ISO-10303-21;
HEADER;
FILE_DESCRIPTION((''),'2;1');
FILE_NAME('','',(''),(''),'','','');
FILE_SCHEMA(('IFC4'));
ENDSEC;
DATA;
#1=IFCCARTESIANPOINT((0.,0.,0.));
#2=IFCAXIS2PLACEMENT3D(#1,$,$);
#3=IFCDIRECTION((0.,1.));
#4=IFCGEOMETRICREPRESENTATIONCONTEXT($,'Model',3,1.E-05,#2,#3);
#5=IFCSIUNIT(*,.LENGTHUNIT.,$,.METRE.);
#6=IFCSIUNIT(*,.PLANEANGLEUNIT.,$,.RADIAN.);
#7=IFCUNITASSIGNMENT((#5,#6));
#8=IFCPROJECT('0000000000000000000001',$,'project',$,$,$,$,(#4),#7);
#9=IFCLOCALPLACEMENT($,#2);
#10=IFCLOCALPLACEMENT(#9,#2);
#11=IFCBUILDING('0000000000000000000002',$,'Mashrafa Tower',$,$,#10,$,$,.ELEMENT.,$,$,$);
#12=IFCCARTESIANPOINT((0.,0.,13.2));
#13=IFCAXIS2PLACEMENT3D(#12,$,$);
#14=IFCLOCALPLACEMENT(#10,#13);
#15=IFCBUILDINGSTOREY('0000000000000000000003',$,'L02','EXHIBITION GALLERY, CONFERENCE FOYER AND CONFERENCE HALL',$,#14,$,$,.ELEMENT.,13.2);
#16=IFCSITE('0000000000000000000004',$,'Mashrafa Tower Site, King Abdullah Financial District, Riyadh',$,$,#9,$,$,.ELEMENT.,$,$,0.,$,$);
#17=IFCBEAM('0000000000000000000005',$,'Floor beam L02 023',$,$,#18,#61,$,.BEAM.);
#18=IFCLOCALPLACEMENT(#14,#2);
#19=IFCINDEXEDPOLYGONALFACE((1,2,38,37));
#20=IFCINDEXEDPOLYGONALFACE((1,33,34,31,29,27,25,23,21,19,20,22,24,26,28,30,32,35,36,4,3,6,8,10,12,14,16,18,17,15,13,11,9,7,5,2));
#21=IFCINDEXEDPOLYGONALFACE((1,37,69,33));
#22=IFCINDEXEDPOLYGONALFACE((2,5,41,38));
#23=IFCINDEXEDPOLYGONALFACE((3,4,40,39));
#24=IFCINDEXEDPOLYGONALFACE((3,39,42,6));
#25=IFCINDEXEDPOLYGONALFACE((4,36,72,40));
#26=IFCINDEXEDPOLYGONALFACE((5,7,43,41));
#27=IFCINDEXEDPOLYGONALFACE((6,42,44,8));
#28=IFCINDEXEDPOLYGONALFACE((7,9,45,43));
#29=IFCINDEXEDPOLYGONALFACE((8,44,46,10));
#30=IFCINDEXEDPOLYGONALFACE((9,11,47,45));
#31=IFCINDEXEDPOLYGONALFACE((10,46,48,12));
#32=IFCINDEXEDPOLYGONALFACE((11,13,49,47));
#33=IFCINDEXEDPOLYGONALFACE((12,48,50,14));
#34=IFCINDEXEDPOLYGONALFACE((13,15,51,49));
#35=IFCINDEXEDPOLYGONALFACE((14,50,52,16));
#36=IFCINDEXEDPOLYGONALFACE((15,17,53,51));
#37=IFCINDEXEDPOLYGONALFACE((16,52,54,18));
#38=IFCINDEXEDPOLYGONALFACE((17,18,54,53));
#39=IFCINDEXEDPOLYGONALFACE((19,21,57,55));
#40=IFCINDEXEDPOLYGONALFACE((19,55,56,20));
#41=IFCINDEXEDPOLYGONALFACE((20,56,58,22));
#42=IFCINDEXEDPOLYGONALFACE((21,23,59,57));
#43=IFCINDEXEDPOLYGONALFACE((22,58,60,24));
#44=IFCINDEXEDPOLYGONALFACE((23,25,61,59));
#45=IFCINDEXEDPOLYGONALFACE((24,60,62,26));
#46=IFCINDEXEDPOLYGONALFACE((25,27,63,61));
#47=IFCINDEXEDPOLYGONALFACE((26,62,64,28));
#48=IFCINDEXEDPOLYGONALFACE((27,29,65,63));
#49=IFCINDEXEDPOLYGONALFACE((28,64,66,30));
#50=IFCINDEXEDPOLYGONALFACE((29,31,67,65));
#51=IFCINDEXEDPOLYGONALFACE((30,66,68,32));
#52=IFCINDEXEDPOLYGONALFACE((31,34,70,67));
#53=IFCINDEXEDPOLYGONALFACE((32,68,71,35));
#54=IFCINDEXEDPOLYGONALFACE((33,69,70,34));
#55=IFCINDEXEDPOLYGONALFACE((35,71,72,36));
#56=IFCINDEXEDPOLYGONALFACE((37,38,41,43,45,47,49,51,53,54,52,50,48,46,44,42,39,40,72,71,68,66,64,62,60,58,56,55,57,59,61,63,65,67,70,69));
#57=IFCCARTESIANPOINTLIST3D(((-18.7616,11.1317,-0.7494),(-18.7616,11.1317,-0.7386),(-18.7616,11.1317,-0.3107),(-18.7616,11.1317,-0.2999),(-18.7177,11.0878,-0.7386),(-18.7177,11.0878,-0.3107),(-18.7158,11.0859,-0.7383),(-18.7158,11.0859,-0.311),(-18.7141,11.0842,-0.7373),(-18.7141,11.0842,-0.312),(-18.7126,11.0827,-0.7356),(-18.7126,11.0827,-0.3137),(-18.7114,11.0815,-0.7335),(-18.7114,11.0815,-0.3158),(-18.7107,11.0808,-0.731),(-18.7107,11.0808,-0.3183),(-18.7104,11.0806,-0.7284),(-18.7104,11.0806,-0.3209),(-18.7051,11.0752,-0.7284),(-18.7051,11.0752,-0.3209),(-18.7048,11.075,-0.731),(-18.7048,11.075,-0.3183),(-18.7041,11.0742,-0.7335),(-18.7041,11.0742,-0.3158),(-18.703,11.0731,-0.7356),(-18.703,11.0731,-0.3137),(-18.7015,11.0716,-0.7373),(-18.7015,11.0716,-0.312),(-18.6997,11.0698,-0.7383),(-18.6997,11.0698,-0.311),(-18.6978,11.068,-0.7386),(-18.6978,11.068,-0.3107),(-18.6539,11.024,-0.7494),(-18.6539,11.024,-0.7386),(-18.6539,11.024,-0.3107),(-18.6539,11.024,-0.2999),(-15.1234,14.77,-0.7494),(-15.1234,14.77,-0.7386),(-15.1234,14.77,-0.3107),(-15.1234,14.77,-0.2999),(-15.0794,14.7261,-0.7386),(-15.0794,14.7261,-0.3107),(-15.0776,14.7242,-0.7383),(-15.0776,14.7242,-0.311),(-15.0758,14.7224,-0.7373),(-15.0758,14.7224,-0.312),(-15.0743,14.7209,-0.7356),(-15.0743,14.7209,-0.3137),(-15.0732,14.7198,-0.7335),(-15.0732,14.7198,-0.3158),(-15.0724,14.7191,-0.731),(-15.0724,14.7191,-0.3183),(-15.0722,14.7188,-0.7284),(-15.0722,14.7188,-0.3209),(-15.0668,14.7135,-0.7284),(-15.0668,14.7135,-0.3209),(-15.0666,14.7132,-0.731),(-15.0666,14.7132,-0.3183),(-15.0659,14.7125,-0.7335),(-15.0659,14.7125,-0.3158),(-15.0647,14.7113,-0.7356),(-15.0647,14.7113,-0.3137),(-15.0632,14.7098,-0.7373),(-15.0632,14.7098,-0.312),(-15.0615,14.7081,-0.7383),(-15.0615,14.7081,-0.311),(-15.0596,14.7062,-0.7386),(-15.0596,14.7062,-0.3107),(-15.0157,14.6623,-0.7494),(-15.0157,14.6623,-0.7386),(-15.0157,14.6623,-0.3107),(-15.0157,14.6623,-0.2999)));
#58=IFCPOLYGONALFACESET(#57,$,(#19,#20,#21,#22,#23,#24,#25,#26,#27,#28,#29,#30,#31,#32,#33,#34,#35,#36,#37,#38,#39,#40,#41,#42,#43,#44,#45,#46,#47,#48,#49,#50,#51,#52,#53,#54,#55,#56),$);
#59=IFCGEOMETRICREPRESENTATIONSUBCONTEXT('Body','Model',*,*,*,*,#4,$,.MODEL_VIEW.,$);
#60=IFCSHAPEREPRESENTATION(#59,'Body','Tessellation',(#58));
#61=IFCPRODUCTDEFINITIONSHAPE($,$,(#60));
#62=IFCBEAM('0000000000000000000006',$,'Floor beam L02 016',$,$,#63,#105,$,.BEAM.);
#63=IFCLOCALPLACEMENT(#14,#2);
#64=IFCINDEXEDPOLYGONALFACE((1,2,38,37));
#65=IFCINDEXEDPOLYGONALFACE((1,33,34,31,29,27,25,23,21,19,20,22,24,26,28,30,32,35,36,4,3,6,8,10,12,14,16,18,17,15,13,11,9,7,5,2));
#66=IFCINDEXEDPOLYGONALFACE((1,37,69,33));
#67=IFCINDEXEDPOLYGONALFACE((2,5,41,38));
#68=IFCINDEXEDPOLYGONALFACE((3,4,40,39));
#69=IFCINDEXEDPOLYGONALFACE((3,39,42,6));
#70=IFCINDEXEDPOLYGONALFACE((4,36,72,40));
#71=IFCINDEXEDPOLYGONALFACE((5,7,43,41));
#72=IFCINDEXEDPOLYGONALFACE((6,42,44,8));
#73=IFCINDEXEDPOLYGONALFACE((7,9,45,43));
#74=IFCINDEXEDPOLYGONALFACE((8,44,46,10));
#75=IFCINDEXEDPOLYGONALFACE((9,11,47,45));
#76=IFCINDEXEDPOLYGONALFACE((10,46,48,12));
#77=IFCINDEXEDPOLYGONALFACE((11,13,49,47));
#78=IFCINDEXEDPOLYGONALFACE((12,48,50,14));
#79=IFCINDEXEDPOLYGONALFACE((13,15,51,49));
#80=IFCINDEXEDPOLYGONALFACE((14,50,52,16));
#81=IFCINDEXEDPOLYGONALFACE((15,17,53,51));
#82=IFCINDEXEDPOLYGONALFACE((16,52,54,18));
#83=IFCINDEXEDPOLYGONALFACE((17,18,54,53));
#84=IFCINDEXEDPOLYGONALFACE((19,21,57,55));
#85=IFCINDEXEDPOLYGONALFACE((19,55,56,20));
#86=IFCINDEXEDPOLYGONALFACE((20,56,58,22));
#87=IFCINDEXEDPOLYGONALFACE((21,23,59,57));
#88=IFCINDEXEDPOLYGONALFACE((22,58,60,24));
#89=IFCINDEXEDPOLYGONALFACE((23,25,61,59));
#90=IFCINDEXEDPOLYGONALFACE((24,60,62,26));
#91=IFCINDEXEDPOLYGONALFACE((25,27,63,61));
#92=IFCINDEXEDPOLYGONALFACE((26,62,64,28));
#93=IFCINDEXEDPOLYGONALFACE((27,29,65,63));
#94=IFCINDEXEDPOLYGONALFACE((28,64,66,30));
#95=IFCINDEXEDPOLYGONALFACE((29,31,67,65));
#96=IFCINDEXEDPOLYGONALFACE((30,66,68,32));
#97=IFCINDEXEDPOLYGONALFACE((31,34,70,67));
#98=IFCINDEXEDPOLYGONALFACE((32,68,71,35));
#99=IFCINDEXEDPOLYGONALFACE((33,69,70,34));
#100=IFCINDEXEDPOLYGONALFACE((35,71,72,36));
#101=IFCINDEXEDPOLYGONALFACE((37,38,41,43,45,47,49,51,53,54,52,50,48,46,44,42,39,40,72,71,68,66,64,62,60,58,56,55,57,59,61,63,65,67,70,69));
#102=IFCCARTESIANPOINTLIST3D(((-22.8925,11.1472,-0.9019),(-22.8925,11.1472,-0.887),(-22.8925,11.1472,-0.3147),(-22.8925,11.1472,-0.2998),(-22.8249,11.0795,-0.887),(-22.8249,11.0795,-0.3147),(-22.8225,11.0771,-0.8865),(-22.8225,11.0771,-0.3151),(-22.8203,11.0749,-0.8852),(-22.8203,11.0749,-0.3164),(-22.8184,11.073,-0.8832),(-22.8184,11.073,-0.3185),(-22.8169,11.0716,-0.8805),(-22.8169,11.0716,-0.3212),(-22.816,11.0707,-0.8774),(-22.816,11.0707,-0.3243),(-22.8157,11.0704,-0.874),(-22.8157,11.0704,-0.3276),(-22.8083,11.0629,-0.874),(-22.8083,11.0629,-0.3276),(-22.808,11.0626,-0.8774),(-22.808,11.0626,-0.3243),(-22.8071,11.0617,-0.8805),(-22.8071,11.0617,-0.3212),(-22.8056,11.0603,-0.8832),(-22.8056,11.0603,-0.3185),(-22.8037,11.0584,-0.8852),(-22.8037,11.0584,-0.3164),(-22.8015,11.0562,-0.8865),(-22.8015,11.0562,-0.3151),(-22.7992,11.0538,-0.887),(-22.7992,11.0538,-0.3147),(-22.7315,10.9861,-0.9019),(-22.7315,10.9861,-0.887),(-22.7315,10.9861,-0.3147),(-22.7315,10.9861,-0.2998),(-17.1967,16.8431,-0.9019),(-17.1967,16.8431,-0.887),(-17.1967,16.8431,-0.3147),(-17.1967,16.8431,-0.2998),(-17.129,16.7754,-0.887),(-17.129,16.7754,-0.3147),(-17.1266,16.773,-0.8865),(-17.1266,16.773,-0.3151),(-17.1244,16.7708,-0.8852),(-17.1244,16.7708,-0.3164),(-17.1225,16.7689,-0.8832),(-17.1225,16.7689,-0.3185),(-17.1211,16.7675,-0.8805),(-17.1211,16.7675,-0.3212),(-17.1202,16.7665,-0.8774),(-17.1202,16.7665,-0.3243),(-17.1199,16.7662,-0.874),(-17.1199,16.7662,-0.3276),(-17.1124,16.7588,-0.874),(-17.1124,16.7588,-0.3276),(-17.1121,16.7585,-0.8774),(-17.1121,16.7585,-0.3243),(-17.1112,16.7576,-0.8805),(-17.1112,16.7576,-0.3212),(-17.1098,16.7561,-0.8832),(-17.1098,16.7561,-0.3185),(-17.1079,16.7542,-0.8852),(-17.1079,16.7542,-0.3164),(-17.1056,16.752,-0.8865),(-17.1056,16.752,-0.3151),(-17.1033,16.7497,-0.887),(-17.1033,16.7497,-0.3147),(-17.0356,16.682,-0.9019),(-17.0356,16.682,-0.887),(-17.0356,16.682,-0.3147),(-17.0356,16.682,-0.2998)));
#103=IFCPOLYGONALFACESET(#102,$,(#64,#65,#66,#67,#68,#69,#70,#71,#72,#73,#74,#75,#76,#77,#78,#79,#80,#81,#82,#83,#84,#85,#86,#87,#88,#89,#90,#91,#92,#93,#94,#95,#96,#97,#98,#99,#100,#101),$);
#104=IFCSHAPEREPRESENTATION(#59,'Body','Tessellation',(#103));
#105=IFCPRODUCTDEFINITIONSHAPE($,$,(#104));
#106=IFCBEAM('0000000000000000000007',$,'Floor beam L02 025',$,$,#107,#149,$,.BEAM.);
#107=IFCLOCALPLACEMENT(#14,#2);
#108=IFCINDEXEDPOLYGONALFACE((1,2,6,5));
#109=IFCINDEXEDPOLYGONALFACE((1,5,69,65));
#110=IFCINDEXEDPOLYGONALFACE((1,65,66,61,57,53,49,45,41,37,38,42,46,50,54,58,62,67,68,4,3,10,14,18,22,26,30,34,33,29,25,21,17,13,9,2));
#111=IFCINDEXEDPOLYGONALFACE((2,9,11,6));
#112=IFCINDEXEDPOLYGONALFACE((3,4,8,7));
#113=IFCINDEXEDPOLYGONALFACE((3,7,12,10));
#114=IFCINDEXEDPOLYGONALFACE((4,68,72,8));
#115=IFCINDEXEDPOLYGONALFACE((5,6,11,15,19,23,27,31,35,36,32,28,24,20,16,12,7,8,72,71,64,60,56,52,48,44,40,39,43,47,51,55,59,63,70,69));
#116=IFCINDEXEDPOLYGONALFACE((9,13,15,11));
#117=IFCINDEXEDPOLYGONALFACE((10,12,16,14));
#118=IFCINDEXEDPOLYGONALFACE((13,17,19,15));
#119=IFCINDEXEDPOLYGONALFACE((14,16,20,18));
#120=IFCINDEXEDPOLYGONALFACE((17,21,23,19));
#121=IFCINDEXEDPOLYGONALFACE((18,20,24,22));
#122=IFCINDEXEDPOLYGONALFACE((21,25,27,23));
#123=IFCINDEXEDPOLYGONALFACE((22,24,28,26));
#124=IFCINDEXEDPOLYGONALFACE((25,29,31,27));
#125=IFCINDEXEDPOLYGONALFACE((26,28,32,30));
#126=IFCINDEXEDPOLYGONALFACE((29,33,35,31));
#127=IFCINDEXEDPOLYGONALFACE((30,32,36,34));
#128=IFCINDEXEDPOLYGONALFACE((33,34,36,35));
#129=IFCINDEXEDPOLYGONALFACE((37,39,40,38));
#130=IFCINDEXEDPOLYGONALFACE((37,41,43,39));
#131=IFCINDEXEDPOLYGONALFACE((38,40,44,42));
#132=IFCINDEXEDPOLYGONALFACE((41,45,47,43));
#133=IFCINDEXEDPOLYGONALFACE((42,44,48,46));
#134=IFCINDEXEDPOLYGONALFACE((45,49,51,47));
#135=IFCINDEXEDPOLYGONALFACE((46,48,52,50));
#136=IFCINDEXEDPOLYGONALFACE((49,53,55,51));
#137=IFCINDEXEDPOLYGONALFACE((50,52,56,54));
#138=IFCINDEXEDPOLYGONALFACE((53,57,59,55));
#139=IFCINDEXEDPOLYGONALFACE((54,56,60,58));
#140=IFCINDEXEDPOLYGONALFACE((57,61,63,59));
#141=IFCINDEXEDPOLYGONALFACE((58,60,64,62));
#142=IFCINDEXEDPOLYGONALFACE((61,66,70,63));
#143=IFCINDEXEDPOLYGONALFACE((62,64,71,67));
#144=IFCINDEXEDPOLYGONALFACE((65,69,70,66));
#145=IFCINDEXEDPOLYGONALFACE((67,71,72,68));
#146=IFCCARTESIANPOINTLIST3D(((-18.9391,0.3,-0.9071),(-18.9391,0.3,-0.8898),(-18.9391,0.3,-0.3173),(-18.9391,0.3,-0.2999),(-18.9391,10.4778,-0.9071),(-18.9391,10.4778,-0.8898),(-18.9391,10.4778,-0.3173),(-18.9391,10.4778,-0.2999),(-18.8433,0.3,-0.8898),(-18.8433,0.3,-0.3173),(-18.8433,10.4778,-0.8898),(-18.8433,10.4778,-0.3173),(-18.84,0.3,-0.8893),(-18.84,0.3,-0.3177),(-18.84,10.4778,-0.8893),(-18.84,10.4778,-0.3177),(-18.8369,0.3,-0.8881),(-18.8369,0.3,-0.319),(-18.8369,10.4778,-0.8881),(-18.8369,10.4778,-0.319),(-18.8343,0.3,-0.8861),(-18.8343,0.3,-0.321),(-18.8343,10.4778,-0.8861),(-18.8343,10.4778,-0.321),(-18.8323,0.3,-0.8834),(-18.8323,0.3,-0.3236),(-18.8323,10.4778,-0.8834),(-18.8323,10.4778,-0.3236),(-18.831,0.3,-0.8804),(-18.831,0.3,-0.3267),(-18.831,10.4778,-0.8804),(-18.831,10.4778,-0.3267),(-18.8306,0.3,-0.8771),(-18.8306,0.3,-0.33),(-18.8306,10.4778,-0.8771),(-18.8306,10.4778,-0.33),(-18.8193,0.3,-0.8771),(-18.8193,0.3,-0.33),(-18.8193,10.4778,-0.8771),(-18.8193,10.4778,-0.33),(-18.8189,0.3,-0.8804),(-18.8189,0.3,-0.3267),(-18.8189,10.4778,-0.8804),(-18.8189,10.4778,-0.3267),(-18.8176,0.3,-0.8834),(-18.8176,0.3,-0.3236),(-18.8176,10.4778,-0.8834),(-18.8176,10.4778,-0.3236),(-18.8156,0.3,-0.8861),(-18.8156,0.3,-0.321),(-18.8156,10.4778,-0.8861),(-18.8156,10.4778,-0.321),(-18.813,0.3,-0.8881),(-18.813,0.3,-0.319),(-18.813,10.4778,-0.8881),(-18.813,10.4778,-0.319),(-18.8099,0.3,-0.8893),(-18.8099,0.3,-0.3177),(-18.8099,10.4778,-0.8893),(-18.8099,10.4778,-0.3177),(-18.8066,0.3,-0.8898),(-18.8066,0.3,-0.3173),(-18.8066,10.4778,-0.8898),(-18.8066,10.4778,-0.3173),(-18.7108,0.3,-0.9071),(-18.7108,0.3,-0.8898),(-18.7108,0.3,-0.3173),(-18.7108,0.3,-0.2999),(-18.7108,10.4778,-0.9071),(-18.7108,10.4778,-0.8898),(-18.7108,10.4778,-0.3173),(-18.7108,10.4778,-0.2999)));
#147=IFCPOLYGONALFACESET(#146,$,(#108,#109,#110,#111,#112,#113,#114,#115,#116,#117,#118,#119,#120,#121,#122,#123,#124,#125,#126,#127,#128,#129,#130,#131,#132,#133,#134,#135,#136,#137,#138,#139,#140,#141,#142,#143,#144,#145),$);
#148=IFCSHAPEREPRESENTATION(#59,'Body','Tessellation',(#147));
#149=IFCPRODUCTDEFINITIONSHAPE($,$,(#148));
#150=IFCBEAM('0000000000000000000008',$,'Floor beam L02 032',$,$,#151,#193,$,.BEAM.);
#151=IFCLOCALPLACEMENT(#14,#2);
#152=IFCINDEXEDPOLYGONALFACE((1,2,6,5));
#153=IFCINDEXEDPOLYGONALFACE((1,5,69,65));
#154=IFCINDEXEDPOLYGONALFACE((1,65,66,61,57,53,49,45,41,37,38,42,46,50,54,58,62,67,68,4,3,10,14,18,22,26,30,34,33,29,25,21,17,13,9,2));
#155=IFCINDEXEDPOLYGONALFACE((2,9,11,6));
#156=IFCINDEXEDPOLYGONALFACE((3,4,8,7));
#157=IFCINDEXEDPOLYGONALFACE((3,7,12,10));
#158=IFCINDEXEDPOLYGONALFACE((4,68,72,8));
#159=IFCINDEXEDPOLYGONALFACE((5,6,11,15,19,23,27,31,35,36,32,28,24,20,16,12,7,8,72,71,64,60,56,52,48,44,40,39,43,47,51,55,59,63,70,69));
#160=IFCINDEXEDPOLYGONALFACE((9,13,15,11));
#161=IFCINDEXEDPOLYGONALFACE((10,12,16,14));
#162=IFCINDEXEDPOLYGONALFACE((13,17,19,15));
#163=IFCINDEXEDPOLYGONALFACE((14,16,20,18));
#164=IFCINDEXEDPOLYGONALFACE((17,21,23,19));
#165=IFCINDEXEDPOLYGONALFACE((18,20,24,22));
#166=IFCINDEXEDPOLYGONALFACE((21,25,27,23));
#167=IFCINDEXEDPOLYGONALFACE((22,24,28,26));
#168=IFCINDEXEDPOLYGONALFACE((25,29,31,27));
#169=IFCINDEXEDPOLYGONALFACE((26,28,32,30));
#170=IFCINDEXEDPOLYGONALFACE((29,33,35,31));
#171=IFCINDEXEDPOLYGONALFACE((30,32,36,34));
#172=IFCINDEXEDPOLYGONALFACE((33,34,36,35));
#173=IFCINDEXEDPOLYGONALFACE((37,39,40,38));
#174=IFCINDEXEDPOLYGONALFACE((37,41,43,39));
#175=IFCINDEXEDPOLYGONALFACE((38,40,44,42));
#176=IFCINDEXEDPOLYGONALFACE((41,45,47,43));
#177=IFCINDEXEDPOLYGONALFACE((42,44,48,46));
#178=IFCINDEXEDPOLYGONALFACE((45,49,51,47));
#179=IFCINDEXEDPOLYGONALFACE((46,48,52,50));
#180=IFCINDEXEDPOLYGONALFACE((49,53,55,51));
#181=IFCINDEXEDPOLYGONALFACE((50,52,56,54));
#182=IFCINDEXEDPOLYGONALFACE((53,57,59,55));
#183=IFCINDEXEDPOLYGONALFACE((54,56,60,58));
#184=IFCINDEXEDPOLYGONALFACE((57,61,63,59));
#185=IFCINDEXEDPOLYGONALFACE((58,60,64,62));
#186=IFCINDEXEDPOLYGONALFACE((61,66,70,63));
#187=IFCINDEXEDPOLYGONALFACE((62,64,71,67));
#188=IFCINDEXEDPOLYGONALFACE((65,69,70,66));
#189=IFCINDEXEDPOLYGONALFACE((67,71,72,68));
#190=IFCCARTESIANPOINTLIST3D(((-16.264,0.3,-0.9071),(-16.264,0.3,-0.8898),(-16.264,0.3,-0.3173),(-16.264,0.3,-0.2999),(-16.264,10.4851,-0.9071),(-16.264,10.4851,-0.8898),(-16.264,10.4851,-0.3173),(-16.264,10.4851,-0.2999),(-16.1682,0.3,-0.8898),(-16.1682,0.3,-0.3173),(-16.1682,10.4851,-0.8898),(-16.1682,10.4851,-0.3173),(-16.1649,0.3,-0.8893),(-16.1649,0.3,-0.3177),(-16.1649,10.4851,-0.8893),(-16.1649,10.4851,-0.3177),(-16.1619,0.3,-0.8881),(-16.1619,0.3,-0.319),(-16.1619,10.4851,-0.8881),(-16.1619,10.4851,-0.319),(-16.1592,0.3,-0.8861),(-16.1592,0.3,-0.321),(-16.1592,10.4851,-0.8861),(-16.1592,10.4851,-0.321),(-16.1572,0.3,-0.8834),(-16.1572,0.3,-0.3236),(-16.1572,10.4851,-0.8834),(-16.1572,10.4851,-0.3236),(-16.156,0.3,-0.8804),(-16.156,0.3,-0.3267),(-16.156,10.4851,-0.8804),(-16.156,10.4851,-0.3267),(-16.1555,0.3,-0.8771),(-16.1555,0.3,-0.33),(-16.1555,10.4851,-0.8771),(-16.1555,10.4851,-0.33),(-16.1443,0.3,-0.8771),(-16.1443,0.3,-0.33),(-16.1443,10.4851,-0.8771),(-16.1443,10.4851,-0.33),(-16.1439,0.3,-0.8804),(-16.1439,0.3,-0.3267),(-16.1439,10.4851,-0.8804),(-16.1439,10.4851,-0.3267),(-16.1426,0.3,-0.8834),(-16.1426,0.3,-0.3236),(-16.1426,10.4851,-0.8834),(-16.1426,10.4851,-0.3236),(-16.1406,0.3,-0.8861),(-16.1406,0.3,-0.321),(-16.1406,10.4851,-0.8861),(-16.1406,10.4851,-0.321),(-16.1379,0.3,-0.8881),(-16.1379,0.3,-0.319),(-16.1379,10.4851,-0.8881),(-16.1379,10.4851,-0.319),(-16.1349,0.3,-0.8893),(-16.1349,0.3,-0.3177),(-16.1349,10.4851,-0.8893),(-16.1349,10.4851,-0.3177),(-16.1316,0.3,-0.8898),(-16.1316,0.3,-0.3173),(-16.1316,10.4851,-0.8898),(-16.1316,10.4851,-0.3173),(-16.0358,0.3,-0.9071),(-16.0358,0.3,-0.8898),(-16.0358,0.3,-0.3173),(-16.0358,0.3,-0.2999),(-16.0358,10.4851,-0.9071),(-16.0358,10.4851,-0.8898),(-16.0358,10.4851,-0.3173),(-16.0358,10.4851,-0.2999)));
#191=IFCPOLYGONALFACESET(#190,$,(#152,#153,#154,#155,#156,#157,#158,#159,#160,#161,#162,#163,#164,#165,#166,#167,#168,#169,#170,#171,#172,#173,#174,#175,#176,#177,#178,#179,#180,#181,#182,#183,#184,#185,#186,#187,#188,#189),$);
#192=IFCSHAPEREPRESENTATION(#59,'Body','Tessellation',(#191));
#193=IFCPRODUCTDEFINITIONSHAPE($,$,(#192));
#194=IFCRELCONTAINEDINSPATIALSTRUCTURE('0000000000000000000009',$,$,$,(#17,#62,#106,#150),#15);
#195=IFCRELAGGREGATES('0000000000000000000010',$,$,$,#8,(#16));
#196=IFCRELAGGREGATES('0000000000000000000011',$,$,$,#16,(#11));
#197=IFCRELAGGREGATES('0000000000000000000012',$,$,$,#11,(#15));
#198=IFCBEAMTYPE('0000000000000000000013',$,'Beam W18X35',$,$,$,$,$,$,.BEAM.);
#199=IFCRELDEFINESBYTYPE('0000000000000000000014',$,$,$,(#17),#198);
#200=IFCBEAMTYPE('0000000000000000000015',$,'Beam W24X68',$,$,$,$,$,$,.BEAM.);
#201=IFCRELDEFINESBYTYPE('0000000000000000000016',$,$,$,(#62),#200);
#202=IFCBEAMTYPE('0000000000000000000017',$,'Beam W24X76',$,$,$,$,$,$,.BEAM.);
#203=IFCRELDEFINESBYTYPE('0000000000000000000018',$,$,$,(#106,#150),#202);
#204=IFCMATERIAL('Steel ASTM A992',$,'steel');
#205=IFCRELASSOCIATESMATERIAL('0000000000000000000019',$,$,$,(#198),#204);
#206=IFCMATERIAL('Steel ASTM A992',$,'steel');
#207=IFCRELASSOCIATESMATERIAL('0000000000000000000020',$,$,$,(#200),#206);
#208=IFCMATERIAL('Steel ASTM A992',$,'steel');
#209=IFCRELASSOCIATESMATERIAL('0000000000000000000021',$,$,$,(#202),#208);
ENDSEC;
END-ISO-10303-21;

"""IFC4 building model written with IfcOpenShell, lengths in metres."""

from ifc_helpers import new_model, si_unit, direction, frame, origin, origin_2d, place, context, subcontext, project, spatial, i_section, extrude, material, material_profile, profile_set, type_object, element, save


model = new_model("IFC4")

# Units and contexts
model_context = context("Model", 3, precision=1e-05, world=origin(), true_north=direction((0.0, 1.0)))
body_context = subcontext(model_context, "Body", "Model", "MODEL_VIEW")
ifc_project = project(units=[si_unit("LENGTHUNIT", "METRE"), si_unit("PLANEANGLEUNIT", "RADIAN")], contexts=[model_context])

# Site, building, storey
site_placement = place(None, origin())
site = spatial("IfcSite", under=ifc_project, at=site_placement, Name="Mashrafa Tower Site, King Abdullah Financial District, Riyadh", CompositionType="ELEMENT", RefElevation=0.0)
building_placement = place(site_placement, origin())
building = spatial("IfcBuilding", under=site, at=building_placement, Name="Mashrafa Tower", CompositionType="ELEMENT")
storey_placement = place(building_placement, frame((0.0, 0.0, 13.2)))
storey = spatial("IfcBuildingStorey", under=building, at=storey_placement, Name="L02", Description="EXHIBITION GALLERY, CONFERENCE FOYER AND CONFERENCE HALL", CompositionType="ELEMENT", Elevation=13.2)

# Beams
ifc_material_1 = material(Name="Steel ASTM A992", Category="steel")
ifc_material_profile_1 = material_profile(ifc_material_1, i_section(OverallWidth=0.1523, OverallDepth=0.4495, WebThickness=0.0076, FlangeThickness=0.0107, FilletRadius=0.0103, at=origin_2d()), Name="W18X35")
ifc_profile_set_1 = profile_set([ifc_material_profile_1], Name="Steel ASTM A992")
beam_type_1 = type_object("IfcBeamType", Name="Beam W18X35", PredefinedType="BEAM", material=ifc_profile_set_1)
beam_1_placement = place(storey_placement, frame((-18.7078, 11.0779, -0.5247), z_axis=(0.707107, 0.707107, 0.0), x_axis=(-0.707107, 0.707107, 0.0)))
element("IfcBeam", 1, at=beam_1_placement, inside=storey, type_object=beam_type_1, Name="Floor beam L02 023", PredefinedType="BEAM", context=body_context, shape_type="SweptSolid", body=[
    extrude(i_section(OverallWidth=0.1523, OverallDepth=0.4495, WebThickness=0.0076, FlangeThickness=0.0107, FilletRadius=0.0103, at=origin_2d()), origin(), (0.0, 0.0, 1.0), 5.1453),
])
ifc_material_2 = material(Name="Steel ASTM A992", Category="steel")
ifc_material_profile_2 = material_profile(ifc_material_2, i_section(OverallWidth=0.2278, OverallDepth=0.6021, WebThickness=0.0105, FlangeThickness=0.0149, FilletRadius=0.0129, at=origin_2d()), Name="W24X68")
ifc_profile_set_2 = profile_set([ifc_material_profile_2], Name="Steel ASTM A992")
beam_type_2 = type_object("IfcBeamType", Name="Beam W24X68", PredefinedType="BEAM", material=ifc_profile_set_2)
beam_2_placement = place(storey_placement, frame((-22.812, 11.0667, -0.6008), z_axis=(0.707107, 0.707107, 0.0), x_axis=(-0.707107, 0.707107, 0.0)))
element("IfcBeam", 2, at=beam_2_placement, inside=storey, type_object=beam_type_2, Name="Floor beam L02 016", PredefinedType="BEAM", context=body_context, shape_type="SweptSolid", body=[
    extrude(i_section(OverallWidth=0.2278, OverallDepth=0.6021, WebThickness=0.0105, FlangeThickness=0.0149, FilletRadius=0.0129, at=origin_2d()), origin(), (0.0, 0.0, 1.0), 8.0552),
])
ifc_material_3 = material(Name="Steel ASTM A992", Category="steel")
ifc_material_profile_3 = material_profile(ifc_material_3, i_section(OverallWidth=0.2283, OverallDepth=0.6072, WebThickness=0.0112, FlangeThickness=0.0173, FilletRadius=0.0127, at=origin_2d()), Name="W24X76")
ifc_profile_set_3 = profile_set([ifc_material_profile_3], Name="Steel ASTM A992")
beam_type_3 = type_object("IfcBeamType", Name="Beam W24X76", PredefinedType="BEAM", material=ifc_profile_set_3)
beam_3_placement = place(storey_placement, frame((-18.825, 0.3, -0.6035), z_axis=(0.0, 1.0, 0.0), x_axis=(-1.0, 0.0, 0.0)))
element("IfcBeam", 3, at=beam_3_placement, inside=storey, type_object=beam_type_3, Name="Floor beam L02 025", PredefinedType="BEAM", context=body_context, shape_type="SweptSolid", body=[
    extrude(i_section(OverallWidth=0.2283, OverallDepth=0.6072, WebThickness=0.0112, FlangeThickness=0.0173, FilletRadius=0.0127, at=origin_2d()), origin(), (0.0, 0.0, 1.0), 10.1777),
])
beam_4_placement = place(storey_placement, frame((-16.1499, 0.3, -0.6035), z_axis=(0.0, 1.0, 0.0), x_axis=(-1.0, 0.0, 0.0)))
element("IfcBeam", 4, at=beam_4_placement, inside=storey, type_object=beam_type_3, Name="Floor beam L02 032", PredefinedType="BEAM", context=body_context, shape_type="SweptSolid", body=[
    extrude(i_section(OverallWidth=0.2283, OverallDepth=0.6072, WebThickness=0.0112, FlangeThickness=0.0173, FilletRadius=0.0127, at=origin_2d()), origin(), (0.0, 0.0, 1.0), 10.1851),
])

save(model, "model.ifc")
